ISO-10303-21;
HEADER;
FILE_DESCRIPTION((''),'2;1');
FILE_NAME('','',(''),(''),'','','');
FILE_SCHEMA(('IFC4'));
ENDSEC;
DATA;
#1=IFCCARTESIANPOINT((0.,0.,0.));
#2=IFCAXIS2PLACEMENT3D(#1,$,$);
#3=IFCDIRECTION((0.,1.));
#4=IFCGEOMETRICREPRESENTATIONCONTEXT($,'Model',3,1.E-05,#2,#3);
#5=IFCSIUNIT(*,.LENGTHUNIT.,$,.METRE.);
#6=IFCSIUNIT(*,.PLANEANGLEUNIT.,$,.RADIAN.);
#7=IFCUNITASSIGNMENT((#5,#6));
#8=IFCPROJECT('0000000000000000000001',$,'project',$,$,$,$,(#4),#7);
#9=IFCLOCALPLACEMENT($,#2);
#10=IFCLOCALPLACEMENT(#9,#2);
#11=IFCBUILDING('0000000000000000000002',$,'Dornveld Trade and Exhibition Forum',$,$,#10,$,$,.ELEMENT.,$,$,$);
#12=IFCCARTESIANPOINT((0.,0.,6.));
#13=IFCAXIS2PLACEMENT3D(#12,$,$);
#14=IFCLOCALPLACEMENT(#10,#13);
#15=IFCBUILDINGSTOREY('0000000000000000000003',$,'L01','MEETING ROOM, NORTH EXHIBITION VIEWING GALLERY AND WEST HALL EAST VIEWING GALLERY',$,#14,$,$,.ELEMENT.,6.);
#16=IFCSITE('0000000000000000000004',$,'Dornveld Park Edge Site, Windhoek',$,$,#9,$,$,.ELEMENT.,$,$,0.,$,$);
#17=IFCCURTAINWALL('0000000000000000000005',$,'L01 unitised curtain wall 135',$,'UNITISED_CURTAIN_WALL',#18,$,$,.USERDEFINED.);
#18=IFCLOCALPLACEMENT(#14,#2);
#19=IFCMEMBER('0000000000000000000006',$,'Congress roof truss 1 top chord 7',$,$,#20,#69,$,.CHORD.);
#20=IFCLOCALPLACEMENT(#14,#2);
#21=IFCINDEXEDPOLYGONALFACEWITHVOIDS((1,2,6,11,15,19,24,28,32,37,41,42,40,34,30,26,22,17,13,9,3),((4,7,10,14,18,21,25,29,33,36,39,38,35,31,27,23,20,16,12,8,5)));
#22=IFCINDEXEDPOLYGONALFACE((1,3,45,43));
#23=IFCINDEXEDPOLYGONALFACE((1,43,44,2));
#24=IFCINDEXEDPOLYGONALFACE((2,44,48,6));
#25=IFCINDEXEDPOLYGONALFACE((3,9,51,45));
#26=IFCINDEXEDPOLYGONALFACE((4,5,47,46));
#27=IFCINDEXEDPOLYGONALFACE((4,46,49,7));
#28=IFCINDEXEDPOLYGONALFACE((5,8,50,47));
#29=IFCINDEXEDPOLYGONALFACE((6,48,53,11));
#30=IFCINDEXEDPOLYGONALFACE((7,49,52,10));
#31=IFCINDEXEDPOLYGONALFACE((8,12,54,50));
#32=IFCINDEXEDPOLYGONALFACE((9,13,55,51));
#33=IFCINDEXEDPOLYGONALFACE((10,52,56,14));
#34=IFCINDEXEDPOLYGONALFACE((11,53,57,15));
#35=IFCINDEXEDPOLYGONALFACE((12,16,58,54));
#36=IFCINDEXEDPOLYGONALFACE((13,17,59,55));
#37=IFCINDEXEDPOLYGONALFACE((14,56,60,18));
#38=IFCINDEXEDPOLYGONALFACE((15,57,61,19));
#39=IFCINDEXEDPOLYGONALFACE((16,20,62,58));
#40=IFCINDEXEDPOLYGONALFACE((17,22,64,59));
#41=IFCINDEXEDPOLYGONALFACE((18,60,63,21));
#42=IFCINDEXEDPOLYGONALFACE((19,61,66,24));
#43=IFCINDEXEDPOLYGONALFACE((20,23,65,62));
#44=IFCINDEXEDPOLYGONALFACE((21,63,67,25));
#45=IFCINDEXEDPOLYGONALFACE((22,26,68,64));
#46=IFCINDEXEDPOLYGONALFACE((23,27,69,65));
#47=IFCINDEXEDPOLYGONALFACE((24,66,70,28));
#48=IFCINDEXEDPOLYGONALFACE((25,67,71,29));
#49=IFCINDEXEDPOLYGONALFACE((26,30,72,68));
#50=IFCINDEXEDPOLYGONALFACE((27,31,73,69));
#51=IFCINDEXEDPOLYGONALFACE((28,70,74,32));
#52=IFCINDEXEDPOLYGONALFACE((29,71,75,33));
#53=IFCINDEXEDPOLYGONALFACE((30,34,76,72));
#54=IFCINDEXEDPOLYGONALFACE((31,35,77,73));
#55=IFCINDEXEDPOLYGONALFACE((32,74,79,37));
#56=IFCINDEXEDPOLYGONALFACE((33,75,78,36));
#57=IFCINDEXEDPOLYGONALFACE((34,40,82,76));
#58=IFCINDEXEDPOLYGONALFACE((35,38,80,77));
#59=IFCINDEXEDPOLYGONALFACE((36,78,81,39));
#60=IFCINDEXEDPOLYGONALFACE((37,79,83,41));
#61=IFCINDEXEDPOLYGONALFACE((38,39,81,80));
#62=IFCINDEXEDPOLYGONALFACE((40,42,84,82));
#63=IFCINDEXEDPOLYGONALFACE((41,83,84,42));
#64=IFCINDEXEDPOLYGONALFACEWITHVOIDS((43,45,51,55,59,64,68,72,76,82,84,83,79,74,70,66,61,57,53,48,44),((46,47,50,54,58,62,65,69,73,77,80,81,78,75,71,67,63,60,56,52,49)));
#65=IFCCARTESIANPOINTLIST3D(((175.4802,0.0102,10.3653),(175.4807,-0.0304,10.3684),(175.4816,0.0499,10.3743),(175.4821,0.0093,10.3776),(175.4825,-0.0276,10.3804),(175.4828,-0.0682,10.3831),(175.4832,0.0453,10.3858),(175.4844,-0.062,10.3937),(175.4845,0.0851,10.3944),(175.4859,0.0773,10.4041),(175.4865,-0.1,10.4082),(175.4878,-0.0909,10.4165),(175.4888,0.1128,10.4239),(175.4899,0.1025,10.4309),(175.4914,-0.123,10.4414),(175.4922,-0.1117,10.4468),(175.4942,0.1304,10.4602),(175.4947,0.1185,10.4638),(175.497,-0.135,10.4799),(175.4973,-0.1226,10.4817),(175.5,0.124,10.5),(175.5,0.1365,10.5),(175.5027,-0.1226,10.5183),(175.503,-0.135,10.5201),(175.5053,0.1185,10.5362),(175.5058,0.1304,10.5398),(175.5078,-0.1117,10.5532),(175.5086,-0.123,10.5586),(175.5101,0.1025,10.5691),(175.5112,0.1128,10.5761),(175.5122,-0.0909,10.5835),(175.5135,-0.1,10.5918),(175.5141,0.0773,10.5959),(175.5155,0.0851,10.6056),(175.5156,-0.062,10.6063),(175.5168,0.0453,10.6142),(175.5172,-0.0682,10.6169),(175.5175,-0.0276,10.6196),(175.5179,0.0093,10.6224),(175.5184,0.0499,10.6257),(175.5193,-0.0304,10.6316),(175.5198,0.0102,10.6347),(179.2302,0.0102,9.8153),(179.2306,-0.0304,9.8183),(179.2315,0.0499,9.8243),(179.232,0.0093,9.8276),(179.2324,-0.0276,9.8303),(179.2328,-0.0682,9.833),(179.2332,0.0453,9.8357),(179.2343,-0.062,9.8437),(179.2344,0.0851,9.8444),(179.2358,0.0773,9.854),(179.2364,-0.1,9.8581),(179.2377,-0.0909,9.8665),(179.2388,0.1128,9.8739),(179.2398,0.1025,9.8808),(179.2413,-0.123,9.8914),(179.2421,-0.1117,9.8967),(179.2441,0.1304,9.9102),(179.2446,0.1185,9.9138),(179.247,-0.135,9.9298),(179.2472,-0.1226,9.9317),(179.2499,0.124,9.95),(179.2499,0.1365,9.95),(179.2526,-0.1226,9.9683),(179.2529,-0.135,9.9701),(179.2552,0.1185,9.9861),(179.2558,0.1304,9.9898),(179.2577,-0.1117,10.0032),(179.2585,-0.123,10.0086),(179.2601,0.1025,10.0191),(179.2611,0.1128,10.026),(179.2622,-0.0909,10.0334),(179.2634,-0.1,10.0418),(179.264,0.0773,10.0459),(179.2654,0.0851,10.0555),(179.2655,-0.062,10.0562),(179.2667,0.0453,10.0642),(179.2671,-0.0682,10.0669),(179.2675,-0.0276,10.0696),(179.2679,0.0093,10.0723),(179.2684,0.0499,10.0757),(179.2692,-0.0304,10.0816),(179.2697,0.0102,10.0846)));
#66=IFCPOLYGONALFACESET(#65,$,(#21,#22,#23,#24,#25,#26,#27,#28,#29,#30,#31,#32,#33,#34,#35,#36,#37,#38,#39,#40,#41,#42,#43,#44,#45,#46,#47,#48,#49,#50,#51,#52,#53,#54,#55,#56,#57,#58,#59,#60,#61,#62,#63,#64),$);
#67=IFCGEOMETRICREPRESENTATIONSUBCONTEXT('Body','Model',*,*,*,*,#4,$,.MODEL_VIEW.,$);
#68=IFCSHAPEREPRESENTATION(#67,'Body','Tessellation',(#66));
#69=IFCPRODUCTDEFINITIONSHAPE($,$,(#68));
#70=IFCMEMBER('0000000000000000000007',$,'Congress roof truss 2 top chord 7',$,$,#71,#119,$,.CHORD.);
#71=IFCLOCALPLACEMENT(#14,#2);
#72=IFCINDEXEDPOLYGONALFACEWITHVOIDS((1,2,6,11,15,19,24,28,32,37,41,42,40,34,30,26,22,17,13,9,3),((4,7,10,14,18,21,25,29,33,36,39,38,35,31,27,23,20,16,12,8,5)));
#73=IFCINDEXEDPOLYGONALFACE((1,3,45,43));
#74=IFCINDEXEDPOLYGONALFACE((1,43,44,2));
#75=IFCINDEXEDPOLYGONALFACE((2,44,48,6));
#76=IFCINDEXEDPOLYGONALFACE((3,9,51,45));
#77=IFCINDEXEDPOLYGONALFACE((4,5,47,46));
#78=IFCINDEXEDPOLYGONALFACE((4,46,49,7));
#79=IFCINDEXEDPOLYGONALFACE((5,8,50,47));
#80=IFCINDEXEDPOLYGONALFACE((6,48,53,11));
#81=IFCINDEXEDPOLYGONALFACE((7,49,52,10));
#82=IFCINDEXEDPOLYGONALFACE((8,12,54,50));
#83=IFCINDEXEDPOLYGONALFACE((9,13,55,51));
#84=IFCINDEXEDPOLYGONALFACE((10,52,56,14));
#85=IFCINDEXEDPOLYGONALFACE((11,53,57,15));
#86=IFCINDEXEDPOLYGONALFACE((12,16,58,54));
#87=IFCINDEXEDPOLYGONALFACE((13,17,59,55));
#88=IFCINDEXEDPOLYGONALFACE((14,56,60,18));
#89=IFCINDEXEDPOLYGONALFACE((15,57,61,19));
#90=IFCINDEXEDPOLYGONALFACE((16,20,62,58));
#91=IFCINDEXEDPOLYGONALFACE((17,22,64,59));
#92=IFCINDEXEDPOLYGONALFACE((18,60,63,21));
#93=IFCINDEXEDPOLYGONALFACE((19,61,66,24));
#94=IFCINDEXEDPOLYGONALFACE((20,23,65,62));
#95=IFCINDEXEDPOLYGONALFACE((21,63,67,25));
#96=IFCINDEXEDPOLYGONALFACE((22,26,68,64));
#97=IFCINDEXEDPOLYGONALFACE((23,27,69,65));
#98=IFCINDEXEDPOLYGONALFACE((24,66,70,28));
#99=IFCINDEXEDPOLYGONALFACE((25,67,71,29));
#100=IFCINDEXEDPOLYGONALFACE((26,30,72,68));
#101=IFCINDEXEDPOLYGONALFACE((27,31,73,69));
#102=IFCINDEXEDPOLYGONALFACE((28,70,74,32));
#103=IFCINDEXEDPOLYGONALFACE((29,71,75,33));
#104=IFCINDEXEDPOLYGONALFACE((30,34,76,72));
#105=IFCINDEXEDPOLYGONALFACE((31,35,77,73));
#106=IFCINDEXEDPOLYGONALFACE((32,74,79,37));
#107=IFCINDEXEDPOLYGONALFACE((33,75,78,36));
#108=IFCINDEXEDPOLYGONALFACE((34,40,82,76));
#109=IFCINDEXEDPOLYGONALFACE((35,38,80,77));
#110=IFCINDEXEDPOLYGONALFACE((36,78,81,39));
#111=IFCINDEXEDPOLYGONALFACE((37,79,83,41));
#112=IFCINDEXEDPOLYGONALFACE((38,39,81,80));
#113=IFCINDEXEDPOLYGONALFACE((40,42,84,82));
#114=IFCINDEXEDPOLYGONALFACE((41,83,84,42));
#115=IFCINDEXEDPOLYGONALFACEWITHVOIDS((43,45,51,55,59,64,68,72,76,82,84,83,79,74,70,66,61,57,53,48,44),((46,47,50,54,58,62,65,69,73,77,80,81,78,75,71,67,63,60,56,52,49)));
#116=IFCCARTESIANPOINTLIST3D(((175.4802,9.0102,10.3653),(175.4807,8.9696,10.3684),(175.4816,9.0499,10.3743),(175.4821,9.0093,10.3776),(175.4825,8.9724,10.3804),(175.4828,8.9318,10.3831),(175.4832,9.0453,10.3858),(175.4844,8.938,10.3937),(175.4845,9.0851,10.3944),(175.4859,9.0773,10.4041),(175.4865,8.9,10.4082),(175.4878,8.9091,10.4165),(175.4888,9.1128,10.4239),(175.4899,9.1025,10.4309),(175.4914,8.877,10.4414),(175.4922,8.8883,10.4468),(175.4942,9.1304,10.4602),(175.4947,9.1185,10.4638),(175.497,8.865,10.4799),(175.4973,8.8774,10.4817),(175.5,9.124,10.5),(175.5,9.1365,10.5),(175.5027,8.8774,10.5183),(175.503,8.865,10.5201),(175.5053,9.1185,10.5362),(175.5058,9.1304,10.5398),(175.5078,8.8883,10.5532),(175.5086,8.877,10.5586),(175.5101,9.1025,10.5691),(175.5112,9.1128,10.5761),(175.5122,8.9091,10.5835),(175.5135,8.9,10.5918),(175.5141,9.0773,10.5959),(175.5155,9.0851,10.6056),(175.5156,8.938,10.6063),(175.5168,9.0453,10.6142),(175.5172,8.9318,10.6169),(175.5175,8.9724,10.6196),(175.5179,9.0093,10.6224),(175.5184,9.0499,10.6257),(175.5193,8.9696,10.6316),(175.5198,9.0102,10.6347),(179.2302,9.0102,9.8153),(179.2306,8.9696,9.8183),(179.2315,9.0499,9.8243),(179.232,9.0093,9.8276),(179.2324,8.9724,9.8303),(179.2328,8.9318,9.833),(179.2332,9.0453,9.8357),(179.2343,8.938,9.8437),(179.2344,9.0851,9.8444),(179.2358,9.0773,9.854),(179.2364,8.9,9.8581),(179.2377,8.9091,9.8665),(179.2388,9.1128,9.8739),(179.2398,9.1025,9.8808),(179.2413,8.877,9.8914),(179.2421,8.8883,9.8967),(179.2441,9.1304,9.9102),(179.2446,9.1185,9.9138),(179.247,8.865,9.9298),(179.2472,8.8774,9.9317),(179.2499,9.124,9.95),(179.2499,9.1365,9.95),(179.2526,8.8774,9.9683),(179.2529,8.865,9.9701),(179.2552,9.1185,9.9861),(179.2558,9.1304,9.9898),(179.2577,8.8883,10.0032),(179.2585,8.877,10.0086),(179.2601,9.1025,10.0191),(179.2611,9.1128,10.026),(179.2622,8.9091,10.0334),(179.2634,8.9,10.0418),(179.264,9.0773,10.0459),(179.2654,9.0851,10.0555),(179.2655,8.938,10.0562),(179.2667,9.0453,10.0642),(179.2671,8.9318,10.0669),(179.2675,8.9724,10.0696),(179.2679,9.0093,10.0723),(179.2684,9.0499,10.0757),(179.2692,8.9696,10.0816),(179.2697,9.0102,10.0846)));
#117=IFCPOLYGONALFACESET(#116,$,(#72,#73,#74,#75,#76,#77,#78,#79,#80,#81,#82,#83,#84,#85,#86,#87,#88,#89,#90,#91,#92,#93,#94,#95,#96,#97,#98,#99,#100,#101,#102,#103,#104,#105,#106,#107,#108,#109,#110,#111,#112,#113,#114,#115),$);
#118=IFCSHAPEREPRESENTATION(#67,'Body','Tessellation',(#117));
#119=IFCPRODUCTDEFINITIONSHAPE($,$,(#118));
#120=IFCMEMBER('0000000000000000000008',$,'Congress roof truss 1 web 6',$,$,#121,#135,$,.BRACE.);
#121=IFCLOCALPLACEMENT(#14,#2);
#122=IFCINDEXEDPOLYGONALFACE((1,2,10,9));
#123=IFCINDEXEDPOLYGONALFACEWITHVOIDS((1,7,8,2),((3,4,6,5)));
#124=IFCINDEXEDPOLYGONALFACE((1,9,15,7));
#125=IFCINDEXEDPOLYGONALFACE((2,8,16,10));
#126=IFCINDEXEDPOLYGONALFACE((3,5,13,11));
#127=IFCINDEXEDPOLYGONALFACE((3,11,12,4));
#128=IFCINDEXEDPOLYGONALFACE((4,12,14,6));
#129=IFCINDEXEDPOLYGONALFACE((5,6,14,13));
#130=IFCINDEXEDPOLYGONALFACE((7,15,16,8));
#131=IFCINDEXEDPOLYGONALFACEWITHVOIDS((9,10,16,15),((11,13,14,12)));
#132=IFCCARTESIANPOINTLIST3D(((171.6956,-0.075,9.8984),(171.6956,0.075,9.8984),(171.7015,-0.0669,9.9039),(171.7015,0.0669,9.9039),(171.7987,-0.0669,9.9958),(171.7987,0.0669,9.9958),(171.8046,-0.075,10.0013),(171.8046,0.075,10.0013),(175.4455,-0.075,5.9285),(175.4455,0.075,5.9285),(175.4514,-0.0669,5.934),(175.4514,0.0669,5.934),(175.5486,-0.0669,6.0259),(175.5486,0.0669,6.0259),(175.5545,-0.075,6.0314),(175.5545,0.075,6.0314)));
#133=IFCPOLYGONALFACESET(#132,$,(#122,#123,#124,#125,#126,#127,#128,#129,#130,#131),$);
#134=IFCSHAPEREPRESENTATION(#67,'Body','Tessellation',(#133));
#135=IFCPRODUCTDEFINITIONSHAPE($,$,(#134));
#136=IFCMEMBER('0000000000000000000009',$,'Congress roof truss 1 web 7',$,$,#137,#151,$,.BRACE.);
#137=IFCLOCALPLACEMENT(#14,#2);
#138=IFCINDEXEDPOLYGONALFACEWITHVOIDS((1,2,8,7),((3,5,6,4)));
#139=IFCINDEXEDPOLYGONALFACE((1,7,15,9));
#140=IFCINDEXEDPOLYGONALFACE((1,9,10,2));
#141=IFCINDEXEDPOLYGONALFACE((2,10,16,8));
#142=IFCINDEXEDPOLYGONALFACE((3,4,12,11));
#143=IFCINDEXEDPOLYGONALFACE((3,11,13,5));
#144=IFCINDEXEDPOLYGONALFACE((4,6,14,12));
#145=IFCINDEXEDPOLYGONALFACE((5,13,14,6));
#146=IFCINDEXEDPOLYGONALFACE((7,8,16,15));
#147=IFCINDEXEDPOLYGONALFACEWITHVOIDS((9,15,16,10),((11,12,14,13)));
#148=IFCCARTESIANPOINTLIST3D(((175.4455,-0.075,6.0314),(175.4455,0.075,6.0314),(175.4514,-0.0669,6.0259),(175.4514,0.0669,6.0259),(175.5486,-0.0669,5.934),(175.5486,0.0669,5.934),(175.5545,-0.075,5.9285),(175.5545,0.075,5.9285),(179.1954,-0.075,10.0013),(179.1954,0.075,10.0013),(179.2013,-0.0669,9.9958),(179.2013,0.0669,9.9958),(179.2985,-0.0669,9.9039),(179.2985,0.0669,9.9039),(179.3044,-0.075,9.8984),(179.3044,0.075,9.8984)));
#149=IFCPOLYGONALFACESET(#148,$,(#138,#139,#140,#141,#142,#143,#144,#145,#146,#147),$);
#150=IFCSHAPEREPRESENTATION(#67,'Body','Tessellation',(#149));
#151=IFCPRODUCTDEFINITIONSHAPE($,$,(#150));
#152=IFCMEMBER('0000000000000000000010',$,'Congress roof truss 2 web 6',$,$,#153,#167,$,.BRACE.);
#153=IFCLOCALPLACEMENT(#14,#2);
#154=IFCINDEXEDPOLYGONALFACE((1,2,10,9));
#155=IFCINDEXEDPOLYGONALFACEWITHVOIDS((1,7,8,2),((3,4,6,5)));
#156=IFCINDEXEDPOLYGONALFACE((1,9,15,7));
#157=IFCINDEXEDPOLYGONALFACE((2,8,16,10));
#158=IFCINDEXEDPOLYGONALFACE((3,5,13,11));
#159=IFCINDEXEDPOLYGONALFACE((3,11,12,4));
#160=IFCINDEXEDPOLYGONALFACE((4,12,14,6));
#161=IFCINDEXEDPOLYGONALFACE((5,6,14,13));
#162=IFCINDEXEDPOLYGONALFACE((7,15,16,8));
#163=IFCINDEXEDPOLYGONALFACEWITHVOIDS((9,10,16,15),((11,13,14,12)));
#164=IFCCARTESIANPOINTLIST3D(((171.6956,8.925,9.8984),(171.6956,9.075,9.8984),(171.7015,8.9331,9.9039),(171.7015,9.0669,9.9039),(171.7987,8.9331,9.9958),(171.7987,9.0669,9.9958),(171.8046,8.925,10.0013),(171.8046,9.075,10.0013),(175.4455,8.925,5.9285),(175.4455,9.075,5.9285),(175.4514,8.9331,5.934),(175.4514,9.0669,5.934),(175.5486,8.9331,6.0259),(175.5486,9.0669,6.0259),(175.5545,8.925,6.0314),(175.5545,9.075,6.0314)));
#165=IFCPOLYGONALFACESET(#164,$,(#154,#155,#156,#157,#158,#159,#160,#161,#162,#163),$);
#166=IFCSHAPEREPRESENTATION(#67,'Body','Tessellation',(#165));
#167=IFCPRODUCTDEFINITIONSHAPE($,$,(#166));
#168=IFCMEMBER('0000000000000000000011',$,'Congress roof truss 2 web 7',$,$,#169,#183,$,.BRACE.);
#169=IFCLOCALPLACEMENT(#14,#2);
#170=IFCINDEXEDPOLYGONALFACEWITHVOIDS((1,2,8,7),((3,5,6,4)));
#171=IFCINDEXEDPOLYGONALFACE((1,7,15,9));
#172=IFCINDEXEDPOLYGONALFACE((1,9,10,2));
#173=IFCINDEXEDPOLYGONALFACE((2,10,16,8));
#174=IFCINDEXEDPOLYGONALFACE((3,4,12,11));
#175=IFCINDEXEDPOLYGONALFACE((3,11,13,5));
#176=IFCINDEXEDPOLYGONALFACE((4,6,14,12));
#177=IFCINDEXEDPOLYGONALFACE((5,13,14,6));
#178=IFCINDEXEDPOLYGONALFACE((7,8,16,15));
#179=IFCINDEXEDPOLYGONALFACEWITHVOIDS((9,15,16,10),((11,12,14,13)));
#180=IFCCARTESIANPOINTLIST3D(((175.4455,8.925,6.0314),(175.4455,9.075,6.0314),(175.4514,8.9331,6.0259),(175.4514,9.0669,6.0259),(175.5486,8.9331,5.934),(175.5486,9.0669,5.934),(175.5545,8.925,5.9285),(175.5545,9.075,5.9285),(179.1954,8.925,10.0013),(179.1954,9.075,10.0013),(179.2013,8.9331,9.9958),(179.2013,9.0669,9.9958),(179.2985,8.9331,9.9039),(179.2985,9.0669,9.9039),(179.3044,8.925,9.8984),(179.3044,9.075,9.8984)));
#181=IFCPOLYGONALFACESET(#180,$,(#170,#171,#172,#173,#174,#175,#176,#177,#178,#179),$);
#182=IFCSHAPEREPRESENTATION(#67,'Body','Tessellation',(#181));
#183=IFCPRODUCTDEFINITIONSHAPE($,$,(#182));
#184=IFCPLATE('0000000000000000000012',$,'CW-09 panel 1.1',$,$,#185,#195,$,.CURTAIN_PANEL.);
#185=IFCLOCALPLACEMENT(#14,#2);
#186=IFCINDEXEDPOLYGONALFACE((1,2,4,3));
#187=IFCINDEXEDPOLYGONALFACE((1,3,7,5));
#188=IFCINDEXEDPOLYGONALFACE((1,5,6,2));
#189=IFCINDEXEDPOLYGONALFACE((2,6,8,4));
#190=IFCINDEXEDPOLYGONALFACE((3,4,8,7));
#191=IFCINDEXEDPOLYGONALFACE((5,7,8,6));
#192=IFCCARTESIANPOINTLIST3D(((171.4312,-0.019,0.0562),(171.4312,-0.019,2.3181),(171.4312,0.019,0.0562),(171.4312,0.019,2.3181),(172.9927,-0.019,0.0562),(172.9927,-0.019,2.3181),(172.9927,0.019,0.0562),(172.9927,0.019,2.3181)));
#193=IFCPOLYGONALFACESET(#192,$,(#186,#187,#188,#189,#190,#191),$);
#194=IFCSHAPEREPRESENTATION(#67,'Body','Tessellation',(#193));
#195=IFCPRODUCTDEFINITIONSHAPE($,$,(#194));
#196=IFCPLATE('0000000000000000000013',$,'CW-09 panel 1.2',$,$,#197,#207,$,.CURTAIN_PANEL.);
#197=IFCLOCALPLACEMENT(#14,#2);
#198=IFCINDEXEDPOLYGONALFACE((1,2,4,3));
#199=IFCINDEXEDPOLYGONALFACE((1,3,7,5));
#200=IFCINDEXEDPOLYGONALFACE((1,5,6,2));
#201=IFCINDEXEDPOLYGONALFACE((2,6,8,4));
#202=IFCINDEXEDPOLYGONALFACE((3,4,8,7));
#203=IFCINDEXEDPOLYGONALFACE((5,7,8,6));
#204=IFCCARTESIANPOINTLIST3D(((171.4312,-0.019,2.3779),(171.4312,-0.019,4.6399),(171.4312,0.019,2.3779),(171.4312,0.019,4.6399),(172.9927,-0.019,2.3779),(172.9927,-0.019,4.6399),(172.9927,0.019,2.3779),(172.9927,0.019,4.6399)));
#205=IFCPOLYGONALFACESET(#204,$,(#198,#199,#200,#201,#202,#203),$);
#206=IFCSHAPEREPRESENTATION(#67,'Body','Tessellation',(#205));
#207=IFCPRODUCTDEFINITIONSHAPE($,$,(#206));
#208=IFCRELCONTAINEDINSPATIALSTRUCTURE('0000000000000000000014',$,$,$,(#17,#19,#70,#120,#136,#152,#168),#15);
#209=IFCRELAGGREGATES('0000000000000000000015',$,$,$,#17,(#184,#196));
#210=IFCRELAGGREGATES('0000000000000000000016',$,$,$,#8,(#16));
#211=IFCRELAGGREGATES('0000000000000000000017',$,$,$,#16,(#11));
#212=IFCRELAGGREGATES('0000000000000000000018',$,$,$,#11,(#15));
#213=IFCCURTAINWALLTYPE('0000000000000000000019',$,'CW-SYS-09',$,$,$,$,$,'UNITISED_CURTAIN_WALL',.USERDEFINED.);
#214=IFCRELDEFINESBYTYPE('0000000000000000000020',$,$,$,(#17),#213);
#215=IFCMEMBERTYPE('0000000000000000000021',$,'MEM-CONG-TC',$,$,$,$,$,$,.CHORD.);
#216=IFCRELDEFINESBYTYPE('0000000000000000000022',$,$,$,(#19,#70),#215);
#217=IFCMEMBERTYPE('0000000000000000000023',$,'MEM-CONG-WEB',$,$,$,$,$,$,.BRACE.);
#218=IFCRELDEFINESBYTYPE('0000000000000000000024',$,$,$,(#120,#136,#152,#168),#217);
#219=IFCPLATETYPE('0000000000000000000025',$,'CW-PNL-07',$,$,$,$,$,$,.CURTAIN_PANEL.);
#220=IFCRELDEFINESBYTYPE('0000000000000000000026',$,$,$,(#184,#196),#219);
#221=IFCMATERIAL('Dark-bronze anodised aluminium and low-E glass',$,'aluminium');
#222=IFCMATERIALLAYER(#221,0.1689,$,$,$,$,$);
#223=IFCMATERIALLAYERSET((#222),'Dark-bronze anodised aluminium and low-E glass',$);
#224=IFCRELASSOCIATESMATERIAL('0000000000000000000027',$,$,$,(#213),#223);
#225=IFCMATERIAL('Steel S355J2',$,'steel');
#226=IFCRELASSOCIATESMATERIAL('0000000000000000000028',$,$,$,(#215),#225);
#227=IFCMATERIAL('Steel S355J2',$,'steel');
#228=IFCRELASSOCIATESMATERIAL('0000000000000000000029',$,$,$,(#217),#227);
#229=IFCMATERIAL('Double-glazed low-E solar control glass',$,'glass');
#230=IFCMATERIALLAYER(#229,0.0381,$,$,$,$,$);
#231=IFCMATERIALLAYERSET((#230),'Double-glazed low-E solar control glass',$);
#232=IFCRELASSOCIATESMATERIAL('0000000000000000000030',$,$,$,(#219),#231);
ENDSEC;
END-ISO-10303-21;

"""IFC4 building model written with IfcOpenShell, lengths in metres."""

from ifc_helpers import new_model, si_unit, direction, frame, origin, origin_2d, place, context, subcontext, project, spatial, rectangle, hollow_rectangle, hollow_circle, extrude, material, layer, layer_set, material_profile, profile_set, type_object, element, aggregate, save


model = new_model("IFC4")

# Units and contexts
model_context = context("Model", 3, precision=1e-05, world=origin(), true_north=direction((0.0, 1.0)))
body_context = subcontext(model_context, "Body", "Model", "MODEL_VIEW")
ifc_project = project(units=[si_unit("LENGTHUNIT", "METRE"), si_unit("PLANEANGLEUNIT", "RADIAN")], contexts=[model_context])

# Site, building, storey
site_placement = place(None, origin())
site = spatial("IfcSite", under=ifc_project, at=site_placement, Name="Dornveld Park Edge Site, Windhoek", CompositionType="ELEMENT", RefElevation=0.0)
building_placement = place(site_placement, origin())
building = spatial("IfcBuilding", under=site, at=building_placement, Name="Dornveld Trade and Exhibition Forum", CompositionType="ELEMENT")
storey_placement = place(building_placement, frame((0.0, 0.0, 6.0)))
storey = spatial("IfcBuildingStorey", under=building, at=storey_placement, Name="L01", Description="MEETING ROOM, NORTH EXHIBITION VIEWING GALLERY AND WEST HALL EAST VIEWING GALLERY", CompositionType="ELEMENT", Elevation=6.0)

# Curtain wall
ifc_material_1 = material(Name="Dark-bronze anodised aluminium and low-E glass", Category="aluminium")
ifc_layer_1 = layer(ifc_material_1, 0.1689)
ifc_layer_set_1 = layer_set([ifc_layer_1], Name="Dark-bronze anodised aluminium and low-E glass")
curtain_wall_type = type_object("IfcCurtainWallType", Name="CW-SYS-09", ElementType="UNITISED_CURTAIN_WALL", PredefinedType="USERDEFINED", material=ifc_layer_set_1)
curtain_wall_placement = place(storey_placement, origin())
curtain_wall = element("IfcCurtainWall", 1, at=curtain_wall_placement, inside=storey, type_object=curtain_wall_type, Name="L01 unitised curtain wall 135", ObjectType="UNITISED_CURTAIN_WALL", PredefinedType="USERDEFINED")

# Members
ifc_material_2 = material(Name="Steel S355J2", Category="steel")
ifc_material_profile_1 = material_profile(ifc_material_2, hollow_circle(Radius=0.1365, WallThickness=0.0125, at=origin_2d()), Name="CHS 273x12.5")
ifc_profile_set_1 = profile_set([ifc_material_profile_1], Name="Steel S355J2")
member_type_1 = type_object("IfcMemberType", Name="MEM-CONG-TC", PredefinedType="CHORD", material=ifc_profile_set_1)
for number, where, z_axis, x_axis, name in (
    (2, (175.5, 0.0, 10.5), (0.989413, 0.0, -0.145127), (0.0, 1.0, 0.0), "Congress roof truss 1 top chord 7"),
    (3, (175.5, 9.0, 10.5), (0.989413, 0.0, -0.145127), (0.0, 1.0, 0.0), "Congress roof truss 2 top chord 7"),
):
    element("IfcMember", number, at=place(storey_placement, frame(where, z_axis=z_axis, x_axis=x_axis)), inside=storey, type_object=member_type_1, Name=name, PredefinedType="CHORD", context=body_context, shape_type="SweptSolid", body=[
        extrude(hollow_circle(Radius=0.1365, WallThickness=0.0125, at=origin_2d()), origin(), (0.0, 0.0, 1.0), 3.79),
    ])
ifc_material_3 = material(Name="Steel S355J2", Category="steel")
ifc_material_profile_2 = material_profile(ifc_material_3, hollow_rectangle(XDim=0.1499, YDim=0.1499, WallThickness=0.0081, at=origin_2d()), Name="SHS 150x150x8")
ifc_profile_set_2 = profile_set([ifc_material_profile_2], Name="Steel S355J2")
member_type_2 = type_object("IfcMemberType", Name="MEM-CONG-WEB", PredefinedType="BRACE", material=ifc_profile_set_2)
for number, where, z_axis, x_axis, name in (
    (4, (175.5, 0.0, 5.98), (-0.68668, 0.0, 0.72696), (0.0, -1.0, 0.0), "Congress roof truss 1 web 6"),
    (5, (175.5, 0.0, 5.98), (0.68668, 0.0, 0.72696), (0.0, 1.0, 0.0), "Congress roof truss 1 web 7"),
    (6, (175.5, 9.0, 5.98), (-0.68668, 0.0, 0.72696), (0.0, -1.0, 0.0), "Congress roof truss 2 web 6"),
    (7, (175.5, 9.0, 5.98), (0.68668, 0.0, 0.72696), (0.0, 1.0, 0.0), "Congress roof truss 2 web 7"),
):
    element("IfcMember", number, at=place(storey_placement, frame(where, z_axis=z_axis, x_axis=x_axis)), inside=storey, type_object=member_type_2, Name=name, PredefinedType="BRACE", context=body_context, shape_type="SweptSolid", body=[
        extrude(hollow_rectangle(XDim=0.1499, YDim=0.1499, WallThickness=0.0081, at=origin_2d()), origin(), (0.0, 0.0, 1.0), 5.4609),
    ])

# Plates
ifc_material_4 = material(Name="Double-glazed low-E solar control glass", Category="glass")
ifc_layer_2 = layer(ifc_material_4, 0.0381)
ifc_layer_set_2 = layer_set([ifc_layer_2], Name="Double-glazed low-E solar control glass")
plate_type = type_object("IfcPlateType", Name="CW-PNL-07", PredefinedType="CURTAIN_PANEL", material=ifc_layer_set_2)
plate_1_placement = place(storey_placement, frame((172.2119, 0.0, 0.0562), z_axis=(0.0, 0.0, 1.0), x_axis=(1.0, 0.0, 0.0)))
plate_1 = element("IfcPlate", 8, at=plate_1_placement, type_object=plate_type, Name="CW-09 panel 1.1", PredefinedType="CURTAIN_PANEL", context=body_context, shape_type="SweptSolid", body=[
    extrude(rectangle(XDim=1.5615, YDim=0.0381, at=origin_2d()), origin(), (0.0, 0.0, 1.0), 2.262),
])
plate_2_placement = place(storey_placement, frame((172.2119, 0.0, 2.3779), z_axis=(0.0, 0.0, 1.0), x_axis=(1.0, 0.0, 0.0)))
plate_2 = element("IfcPlate", 9, at=plate_2_placement, type_object=plate_type, Name="CW-09 panel 1.2", PredefinedType="CURTAIN_PANEL", context=body_context, shape_type="SweptSolid", body=[
    extrude(rectangle(XDim=1.5615, YDim=0.0381, at=origin_2d()), origin(), (0.0, 0.0, 1.0), 2.262),
])
aggregate(curtain_wall, [plate_1, plate_2])

save(model, "model.ifc")
